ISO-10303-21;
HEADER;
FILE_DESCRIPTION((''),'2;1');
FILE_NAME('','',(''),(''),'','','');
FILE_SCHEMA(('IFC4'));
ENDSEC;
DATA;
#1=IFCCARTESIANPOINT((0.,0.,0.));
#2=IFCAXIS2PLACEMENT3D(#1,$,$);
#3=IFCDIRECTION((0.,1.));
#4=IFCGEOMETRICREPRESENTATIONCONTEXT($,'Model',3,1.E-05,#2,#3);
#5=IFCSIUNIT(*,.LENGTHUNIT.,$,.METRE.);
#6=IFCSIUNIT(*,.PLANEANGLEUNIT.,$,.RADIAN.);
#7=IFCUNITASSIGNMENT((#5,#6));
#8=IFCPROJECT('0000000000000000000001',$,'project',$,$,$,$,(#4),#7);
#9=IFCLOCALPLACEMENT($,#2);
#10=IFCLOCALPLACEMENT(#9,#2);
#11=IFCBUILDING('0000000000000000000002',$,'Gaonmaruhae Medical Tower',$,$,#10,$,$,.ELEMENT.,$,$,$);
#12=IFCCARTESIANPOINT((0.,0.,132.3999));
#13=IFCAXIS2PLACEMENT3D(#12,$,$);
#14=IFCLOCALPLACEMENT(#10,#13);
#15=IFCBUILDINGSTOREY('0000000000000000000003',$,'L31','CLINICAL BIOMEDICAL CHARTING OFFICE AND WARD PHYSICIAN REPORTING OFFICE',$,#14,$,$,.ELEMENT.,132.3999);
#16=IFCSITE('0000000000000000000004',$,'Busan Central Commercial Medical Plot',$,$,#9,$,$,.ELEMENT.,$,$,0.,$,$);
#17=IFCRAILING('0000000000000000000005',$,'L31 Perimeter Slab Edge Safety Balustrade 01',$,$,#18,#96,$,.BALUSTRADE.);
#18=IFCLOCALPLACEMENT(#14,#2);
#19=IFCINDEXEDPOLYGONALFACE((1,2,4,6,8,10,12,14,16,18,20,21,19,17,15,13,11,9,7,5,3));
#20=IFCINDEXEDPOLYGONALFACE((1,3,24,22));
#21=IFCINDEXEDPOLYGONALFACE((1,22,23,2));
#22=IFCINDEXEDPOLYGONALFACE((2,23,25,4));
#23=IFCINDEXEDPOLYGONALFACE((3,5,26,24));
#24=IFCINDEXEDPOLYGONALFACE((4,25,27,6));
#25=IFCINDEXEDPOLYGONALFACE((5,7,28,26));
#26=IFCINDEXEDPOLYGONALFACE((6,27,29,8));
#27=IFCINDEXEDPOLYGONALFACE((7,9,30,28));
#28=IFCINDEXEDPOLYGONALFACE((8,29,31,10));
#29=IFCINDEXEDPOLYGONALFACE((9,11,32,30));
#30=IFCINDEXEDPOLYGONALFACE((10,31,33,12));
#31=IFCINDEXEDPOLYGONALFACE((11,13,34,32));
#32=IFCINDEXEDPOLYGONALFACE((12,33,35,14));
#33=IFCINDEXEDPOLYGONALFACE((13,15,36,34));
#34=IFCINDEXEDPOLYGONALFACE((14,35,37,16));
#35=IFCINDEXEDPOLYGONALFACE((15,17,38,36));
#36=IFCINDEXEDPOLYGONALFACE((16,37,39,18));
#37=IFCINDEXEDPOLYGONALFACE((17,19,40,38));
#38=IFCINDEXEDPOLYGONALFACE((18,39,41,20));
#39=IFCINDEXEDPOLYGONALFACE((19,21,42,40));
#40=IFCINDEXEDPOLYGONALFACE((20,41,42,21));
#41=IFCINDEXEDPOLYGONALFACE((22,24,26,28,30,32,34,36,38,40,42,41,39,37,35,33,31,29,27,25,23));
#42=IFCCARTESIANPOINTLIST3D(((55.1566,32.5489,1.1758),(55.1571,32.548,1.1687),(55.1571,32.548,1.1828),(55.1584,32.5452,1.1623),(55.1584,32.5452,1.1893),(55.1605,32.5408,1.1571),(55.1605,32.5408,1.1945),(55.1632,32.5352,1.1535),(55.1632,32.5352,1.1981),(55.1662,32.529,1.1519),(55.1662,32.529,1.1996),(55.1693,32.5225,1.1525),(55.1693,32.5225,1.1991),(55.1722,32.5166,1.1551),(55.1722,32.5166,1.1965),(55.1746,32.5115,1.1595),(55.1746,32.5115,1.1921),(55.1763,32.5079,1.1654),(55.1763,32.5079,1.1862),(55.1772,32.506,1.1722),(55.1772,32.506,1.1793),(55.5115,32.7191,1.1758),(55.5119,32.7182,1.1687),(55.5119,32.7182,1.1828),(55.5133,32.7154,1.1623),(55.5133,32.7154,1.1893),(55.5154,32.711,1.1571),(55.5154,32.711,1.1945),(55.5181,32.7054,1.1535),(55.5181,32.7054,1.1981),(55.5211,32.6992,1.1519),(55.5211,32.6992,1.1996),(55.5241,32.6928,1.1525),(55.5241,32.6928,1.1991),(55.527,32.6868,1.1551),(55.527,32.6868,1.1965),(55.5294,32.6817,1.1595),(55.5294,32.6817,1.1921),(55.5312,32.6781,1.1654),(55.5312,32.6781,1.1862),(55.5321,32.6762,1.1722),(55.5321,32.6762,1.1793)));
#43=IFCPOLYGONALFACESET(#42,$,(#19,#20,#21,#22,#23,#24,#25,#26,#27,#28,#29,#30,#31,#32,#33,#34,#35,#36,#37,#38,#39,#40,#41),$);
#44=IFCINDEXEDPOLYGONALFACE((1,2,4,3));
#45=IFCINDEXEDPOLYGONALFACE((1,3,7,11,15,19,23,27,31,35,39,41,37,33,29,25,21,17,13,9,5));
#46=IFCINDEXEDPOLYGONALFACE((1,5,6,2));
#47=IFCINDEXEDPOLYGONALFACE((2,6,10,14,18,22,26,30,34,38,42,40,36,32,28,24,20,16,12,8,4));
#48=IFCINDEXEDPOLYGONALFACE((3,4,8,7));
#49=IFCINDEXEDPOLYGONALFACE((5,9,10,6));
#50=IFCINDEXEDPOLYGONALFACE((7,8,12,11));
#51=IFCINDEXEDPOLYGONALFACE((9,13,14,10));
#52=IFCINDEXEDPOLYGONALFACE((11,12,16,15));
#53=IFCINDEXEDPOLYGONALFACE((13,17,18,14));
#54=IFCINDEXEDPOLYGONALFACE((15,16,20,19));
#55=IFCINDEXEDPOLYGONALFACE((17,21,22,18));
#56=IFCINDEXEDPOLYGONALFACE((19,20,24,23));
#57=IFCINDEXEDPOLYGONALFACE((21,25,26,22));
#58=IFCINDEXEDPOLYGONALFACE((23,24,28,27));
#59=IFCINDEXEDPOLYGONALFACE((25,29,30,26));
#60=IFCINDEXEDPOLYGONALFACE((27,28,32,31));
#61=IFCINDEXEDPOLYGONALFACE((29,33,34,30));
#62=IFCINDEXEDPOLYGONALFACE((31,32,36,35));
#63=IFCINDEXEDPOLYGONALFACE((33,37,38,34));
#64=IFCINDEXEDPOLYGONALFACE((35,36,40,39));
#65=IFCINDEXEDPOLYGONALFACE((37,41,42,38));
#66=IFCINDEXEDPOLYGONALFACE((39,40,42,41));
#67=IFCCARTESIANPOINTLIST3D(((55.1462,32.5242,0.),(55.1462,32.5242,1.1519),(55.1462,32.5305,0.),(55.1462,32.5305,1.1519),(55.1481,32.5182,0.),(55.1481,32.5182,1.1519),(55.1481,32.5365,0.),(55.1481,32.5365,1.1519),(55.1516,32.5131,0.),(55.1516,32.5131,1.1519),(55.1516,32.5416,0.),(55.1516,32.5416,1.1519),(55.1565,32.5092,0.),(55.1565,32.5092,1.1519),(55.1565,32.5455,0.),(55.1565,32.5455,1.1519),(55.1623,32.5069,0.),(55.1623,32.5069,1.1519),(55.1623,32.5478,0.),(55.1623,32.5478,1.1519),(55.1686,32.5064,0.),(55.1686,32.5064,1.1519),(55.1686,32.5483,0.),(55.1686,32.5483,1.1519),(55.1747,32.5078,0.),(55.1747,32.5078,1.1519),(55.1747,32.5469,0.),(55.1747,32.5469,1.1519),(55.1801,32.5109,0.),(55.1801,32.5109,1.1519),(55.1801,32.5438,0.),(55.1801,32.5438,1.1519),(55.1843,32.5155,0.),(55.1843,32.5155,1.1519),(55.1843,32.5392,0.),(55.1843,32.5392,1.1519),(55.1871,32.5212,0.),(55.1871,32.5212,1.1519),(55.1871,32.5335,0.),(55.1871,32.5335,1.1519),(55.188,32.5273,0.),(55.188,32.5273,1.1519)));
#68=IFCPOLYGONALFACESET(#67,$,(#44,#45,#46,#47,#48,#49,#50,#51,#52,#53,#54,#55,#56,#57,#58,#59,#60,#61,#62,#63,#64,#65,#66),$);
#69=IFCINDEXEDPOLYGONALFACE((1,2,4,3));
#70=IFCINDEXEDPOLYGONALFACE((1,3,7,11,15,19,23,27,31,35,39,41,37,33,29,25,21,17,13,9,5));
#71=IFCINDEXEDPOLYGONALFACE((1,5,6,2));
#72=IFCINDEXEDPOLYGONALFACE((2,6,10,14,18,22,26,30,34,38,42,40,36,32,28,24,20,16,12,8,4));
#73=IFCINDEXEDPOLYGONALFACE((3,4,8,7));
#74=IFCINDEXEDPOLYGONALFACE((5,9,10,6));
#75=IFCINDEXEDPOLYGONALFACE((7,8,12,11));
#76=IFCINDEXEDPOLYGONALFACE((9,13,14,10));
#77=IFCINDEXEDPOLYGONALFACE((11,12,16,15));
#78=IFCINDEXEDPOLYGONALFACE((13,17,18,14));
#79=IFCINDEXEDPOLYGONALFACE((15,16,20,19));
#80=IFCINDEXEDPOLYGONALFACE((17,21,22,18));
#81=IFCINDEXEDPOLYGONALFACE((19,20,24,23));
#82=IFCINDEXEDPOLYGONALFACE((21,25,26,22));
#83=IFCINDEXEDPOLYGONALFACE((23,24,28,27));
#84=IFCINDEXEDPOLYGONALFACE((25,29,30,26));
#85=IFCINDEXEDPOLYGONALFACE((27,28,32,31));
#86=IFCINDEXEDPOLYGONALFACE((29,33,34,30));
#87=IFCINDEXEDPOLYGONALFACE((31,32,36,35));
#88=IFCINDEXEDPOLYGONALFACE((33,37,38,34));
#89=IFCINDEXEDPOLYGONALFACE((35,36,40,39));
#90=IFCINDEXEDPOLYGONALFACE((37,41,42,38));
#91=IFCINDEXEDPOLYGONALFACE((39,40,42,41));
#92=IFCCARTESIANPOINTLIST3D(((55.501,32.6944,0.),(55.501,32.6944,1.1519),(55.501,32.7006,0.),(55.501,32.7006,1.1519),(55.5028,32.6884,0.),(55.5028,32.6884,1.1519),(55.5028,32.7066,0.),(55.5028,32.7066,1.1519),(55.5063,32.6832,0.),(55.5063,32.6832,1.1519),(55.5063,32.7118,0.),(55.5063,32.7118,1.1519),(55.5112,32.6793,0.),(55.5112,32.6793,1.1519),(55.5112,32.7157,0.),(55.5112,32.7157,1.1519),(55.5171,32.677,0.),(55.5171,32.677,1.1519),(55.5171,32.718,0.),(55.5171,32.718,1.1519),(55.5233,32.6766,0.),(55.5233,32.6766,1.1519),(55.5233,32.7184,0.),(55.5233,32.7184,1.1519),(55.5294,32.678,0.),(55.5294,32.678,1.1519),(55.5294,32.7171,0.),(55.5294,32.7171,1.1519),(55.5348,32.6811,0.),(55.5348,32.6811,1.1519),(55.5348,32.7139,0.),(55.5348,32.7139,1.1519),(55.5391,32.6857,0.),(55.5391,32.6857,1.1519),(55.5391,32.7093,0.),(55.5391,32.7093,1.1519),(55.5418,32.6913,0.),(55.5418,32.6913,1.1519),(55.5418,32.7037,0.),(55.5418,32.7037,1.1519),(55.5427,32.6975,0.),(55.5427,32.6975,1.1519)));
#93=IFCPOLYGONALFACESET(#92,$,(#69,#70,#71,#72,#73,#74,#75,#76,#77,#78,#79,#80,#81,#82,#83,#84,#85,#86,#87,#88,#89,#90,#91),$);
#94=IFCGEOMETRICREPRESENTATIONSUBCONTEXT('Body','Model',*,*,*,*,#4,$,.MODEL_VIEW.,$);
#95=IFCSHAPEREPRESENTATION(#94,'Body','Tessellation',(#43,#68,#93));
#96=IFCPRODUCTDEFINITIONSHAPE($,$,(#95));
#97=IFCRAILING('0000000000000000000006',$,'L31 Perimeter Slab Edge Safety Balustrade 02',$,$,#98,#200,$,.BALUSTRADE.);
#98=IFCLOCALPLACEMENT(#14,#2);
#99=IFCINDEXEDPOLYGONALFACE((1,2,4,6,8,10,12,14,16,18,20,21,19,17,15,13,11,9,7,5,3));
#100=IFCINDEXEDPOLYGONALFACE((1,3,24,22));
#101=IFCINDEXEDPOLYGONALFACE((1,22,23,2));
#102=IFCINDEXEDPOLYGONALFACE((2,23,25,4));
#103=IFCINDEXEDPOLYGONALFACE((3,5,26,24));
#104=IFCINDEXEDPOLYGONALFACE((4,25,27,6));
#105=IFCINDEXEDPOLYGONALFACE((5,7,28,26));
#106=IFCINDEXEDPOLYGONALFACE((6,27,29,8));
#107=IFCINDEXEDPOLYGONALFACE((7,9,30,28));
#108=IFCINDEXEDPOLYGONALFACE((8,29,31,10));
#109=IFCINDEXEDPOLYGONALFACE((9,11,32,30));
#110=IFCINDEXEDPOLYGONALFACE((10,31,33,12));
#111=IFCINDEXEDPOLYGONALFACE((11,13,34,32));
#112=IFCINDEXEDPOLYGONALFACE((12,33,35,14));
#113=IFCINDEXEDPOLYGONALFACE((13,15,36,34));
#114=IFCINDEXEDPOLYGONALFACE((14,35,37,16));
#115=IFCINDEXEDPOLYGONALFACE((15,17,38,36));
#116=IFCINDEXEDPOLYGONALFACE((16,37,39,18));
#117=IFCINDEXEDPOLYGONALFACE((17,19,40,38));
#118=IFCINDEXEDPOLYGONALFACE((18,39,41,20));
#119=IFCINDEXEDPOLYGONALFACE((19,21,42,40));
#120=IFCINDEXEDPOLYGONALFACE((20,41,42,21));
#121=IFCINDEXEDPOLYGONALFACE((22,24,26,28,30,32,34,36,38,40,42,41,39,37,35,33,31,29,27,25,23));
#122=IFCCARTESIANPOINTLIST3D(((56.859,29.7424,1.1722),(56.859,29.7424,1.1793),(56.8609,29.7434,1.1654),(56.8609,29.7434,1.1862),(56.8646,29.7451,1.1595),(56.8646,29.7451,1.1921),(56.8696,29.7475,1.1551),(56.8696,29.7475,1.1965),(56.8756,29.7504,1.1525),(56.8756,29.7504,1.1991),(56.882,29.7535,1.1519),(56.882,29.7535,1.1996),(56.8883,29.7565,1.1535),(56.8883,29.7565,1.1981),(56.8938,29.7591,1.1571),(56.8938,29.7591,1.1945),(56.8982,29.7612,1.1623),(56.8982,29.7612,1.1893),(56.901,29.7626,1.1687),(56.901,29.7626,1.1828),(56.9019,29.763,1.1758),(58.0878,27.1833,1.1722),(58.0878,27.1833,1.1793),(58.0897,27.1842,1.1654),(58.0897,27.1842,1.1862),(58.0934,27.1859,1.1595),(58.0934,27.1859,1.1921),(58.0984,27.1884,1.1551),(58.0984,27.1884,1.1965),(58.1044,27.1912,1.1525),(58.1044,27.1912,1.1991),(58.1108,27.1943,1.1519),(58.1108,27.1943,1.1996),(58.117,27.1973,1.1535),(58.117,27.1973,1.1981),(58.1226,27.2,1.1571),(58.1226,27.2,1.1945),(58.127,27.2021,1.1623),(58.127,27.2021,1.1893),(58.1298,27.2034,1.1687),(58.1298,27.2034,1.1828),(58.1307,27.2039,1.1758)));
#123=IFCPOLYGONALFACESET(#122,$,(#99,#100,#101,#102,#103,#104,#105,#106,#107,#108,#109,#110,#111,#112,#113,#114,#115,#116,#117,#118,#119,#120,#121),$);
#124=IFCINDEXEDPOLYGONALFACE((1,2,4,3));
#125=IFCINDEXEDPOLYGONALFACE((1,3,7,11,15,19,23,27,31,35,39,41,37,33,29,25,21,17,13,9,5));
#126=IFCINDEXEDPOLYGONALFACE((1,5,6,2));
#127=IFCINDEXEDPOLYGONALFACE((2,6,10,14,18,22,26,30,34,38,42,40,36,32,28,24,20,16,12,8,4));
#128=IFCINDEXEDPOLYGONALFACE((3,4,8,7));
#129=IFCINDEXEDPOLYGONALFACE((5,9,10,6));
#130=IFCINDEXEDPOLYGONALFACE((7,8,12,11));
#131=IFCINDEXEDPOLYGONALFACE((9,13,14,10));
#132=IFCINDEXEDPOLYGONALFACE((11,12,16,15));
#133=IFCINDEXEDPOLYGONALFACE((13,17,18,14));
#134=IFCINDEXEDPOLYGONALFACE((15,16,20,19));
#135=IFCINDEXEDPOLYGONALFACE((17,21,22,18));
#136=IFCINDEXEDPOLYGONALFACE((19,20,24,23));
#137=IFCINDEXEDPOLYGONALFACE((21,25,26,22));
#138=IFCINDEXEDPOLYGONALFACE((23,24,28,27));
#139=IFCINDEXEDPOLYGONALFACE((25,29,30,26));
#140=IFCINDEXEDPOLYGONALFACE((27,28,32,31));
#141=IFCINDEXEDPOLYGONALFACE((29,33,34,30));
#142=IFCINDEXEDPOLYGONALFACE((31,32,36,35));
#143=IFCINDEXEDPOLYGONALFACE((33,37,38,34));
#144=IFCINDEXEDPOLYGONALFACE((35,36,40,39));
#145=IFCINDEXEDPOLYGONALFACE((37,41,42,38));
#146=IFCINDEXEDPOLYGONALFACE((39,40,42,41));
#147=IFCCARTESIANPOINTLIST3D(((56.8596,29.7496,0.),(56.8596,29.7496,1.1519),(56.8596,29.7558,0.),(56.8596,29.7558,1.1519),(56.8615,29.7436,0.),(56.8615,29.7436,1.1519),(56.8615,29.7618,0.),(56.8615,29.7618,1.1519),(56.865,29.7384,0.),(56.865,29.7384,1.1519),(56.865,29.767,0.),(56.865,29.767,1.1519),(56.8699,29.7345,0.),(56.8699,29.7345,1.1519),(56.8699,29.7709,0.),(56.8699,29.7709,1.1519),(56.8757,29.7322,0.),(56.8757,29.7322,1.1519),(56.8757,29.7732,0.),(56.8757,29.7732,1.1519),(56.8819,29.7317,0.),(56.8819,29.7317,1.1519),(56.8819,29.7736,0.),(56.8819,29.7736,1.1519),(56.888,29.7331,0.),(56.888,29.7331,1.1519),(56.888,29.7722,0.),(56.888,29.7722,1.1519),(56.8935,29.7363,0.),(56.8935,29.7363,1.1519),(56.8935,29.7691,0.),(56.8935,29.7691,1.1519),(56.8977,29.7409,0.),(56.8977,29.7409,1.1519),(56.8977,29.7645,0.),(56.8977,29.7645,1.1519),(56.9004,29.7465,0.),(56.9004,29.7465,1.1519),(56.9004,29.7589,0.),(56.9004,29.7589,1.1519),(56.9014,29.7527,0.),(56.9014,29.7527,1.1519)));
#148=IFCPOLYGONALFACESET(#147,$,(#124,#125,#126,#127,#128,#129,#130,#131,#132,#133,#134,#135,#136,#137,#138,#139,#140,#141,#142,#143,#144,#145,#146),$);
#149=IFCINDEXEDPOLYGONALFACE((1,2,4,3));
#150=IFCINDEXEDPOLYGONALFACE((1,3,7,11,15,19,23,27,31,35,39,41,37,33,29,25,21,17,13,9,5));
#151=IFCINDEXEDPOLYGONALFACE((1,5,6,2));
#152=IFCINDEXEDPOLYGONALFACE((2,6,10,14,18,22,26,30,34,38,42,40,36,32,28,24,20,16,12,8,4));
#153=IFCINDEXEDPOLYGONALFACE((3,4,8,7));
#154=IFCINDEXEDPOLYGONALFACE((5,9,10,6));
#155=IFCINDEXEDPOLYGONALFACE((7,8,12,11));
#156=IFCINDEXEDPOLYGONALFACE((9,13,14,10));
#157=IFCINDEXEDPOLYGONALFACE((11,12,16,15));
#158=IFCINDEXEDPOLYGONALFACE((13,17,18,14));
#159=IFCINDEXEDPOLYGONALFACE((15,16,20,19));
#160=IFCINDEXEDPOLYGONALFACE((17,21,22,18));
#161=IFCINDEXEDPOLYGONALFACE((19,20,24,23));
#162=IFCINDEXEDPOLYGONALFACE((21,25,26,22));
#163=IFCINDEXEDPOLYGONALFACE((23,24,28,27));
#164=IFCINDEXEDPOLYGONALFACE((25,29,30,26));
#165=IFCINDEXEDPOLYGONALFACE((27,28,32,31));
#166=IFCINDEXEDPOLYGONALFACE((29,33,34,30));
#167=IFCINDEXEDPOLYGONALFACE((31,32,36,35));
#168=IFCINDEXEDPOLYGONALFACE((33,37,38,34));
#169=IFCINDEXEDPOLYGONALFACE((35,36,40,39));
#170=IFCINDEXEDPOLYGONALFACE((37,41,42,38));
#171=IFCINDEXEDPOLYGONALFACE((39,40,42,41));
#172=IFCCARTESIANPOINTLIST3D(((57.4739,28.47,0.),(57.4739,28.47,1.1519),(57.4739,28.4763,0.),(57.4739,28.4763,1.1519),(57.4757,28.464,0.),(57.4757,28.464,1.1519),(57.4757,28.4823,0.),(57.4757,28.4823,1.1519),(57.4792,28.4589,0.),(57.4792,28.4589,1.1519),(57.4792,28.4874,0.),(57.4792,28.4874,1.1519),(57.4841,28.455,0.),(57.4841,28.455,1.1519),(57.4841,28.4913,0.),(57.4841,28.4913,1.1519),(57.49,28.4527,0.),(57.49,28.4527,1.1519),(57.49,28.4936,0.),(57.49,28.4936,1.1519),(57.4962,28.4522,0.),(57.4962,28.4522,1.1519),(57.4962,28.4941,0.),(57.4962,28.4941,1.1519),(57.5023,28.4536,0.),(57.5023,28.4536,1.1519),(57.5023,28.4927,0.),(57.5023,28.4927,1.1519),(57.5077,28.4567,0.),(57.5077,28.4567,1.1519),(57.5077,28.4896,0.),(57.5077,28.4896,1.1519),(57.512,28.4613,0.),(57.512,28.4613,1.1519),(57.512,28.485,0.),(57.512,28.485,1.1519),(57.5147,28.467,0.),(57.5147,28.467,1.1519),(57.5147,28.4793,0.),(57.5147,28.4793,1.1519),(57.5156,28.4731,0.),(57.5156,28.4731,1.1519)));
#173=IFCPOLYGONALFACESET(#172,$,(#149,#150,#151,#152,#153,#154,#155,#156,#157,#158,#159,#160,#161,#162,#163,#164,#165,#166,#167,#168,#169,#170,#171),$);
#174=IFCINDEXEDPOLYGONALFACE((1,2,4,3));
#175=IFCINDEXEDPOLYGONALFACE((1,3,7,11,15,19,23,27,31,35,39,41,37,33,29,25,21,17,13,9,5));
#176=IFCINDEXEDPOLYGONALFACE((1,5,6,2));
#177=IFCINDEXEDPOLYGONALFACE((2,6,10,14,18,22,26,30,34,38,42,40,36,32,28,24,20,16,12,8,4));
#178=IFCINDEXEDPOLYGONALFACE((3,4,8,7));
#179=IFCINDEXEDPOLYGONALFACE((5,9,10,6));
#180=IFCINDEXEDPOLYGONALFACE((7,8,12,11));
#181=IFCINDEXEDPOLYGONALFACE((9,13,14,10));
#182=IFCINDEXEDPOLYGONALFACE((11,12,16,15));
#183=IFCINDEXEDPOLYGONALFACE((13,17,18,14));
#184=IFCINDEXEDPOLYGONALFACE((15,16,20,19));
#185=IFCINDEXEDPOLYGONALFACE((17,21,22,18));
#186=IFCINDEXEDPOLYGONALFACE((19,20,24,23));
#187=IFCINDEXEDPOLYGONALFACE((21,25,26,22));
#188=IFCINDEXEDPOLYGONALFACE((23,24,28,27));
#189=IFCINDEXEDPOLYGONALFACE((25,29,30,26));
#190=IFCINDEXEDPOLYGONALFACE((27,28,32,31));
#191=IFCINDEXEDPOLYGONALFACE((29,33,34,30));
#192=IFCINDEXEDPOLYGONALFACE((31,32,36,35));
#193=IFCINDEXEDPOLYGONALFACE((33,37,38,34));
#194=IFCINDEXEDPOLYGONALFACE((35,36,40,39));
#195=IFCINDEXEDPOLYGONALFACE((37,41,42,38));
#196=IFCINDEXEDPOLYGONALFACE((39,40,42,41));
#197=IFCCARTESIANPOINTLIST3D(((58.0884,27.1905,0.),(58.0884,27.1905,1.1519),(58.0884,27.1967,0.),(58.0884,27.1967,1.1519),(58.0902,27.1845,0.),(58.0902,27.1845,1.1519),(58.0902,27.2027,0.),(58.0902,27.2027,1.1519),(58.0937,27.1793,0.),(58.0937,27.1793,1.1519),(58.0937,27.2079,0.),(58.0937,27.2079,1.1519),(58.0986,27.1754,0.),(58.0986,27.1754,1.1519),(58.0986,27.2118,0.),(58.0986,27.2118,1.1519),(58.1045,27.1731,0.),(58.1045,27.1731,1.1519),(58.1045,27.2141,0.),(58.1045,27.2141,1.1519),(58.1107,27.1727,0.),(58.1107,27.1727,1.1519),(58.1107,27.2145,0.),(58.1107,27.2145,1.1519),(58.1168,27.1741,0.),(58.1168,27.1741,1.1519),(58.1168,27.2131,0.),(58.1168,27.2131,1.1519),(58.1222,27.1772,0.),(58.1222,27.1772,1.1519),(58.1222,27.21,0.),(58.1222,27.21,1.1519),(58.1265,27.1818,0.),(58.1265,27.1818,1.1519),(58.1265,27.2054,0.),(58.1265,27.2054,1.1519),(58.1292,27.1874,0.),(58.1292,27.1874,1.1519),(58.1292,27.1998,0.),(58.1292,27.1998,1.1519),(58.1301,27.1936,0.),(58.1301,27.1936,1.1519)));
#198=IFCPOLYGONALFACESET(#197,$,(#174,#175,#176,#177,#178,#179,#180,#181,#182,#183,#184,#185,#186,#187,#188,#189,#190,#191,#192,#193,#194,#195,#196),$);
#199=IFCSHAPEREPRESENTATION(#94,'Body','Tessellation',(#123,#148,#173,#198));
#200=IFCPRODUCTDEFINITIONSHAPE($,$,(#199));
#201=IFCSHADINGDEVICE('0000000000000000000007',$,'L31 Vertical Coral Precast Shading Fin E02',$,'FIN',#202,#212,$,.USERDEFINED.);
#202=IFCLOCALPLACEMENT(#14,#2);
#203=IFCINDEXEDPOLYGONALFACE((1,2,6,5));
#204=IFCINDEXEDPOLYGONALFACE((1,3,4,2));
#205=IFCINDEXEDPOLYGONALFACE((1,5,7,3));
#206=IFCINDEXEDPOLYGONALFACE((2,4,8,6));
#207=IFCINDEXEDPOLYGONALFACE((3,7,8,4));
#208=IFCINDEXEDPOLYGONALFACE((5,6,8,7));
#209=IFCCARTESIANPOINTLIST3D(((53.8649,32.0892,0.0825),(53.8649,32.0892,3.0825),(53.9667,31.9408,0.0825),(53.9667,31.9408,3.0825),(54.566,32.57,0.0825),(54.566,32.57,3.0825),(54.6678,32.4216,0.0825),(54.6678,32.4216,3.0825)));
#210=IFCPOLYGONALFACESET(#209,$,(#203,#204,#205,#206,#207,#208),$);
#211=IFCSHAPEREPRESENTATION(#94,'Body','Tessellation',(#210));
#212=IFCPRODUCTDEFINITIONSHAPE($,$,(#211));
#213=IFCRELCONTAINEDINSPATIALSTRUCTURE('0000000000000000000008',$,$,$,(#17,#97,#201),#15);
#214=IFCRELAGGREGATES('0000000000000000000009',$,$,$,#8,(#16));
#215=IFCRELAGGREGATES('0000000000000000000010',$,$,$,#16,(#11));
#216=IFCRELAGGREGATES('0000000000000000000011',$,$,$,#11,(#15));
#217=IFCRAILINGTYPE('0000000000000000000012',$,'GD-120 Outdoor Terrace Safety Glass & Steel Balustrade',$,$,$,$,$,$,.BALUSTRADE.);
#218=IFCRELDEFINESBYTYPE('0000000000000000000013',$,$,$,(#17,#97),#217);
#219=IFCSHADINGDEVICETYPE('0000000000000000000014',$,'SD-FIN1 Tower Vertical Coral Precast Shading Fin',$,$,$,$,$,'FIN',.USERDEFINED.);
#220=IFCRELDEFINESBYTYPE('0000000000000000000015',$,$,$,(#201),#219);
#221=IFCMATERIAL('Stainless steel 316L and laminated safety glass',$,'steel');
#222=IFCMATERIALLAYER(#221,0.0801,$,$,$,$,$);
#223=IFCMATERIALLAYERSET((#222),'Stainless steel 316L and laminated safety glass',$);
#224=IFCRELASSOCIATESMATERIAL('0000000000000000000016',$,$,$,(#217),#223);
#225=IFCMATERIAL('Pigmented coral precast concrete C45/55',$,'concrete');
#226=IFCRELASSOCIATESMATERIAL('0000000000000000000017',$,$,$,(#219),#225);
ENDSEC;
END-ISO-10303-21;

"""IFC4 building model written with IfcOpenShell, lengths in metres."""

from ifc_helpers import new_model, si_unit, direction, frame, origin, origin_2d, place, context, subcontext, project, spatial, rectangle, circle, extrude, material, layer, layer_set, type_object, element, save


model = new_model("IFC4")

# Units and contexts
model_context = context("Model", 3, precision=1e-05, world=origin(), true_north=direction((0.0, 1.0)))
body_context = subcontext(model_context, "Body", "Model", "MODEL_VIEW")
ifc_project = project(units=[si_unit("LENGTHUNIT", "METRE"), si_unit("PLANEANGLEUNIT", "RADIAN")], contexts=[model_context])

# Site, building, storey
site_placement = place(None, origin())
site = spatial("IfcSite", under=ifc_project, at=site_placement, Name="Busan Central Commercial Medical Plot", CompositionType="ELEMENT", RefElevation=0.0)
building_placement = place(site_placement, origin())
building = spatial("IfcBuilding", under=site, at=building_placement, Name="Gaonmaruhae Medical Tower", CompositionType="ELEMENT")
storey_placement = place(building_placement, frame((0.0, 0.0, 132.3999)))
storey = spatial("IfcBuildingStorey", under=building, at=storey_placement, Name="L31", Description="CLINICAL BIOMEDICAL CHARTING OFFICE AND WARD PHYSICIAN REPORTING OFFICE", CompositionType="ELEMENT", Elevation=132.3999)

# Railings
ifc_material_1 = material(Name="Stainless steel 316L and laminated safety glass", Category="steel")
ifc_layer_1 = layer(ifc_material_1, 0.0801)
ifc_layer_set_1 = layer_set([ifc_layer_1], Name="Stainless steel 316L and laminated safety glass")
railing_type = type_object("IfcRailingType", Name="GD-120 Outdoor Terrace Safety Glass & Steel Balustrade", PredefinedType="BALUSTRADE", material=ifc_layer_set_1)
railing_1_placement = place(storey_placement, frame((55.167, 32.5273, 0.0)))
element("IfcRailing", 1, at=railing_1_placement, inside=storey, type_object=railing_type, Name="L31 Perimeter Slab Edge Safety Balustrade 01", PredefinedType="BALUSTRADE", context=body_context, shape_type="SweptSolid", body=[
    extrude(circle(Radius=0.0239, at=origin_2d()), frame((0.0, 0.0, 1.1758), z_axis=(0.90163, 0.432509, 0.0), x_axis=(-0.432509, 0.90163, 0.0)), (0.0, 0.0, 1.0), 0.3936),
    extrude(circle(Radius=0.021, at=origin_2d()), origin(), (0.0, 0.0, 1.0), 1.1519),
    extrude(circle(Radius=0.021, at=origin_2d()), frame((0.3547, 0.1702, 0.0)), (0.0, 0.0, 1.0), 1.1519),
])
railing_2_placement = place(storey_placement, frame((56.8804, 29.7527, 0.0)))
element("IfcRailing", 2, at=railing_2_placement, inside=storey, type_object=railing_type, Name="L31 Perimeter Slab Edge Safety Balustrade 02", PredefinedType="BALUSTRADE", context=body_context, shape_type="SweptSolid", body=[
    extrude(circle(Radius=0.0239, at=origin_2d()), frame((0.0, 0.0, 1.1758), z_axis=(0.432846, -0.901468, 0.0), x_axis=(0.901468, 0.432846, 0.0)), (0.0, 0.0, 1.0), 2.8389),
    extrude(circle(Radius=0.021, at=origin_2d()), origin(), (0.0, 0.0, 1.0), 1.1519),
    extrude(circle(Radius=0.021, at=origin_2d()), frame((0.6143, -1.2795, 0.0)), (0.0, 0.0, 1.0), 1.1519),
    extrude(circle(Radius=0.021, at=origin_2d()), frame((1.2288, -2.5591, 0.0)), (0.0, 0.0, 1.0), 1.1519),
])

# Shading device
ifc_material_2 = material(Name="Pigmented coral precast concrete C45/55", Category="concrete")
shading_device_type = type_object("IfcShadingDeviceType", Name="SD-FIN1 Tower Vertical Coral Precast Shading Fin", ElementType="FIN", PredefinedType="USERDEFINED", material=ifc_material_2)
for number, where, z_axis, x_axis, name in (
    (3, (54.2664, 32.2554, 0.0825), (0.0, 0.0, 1.0), (0.565557, -0.824709, 0.0), "L31 Vertical Coral Precast Shading Fin E02"),
):
    element("IfcShadingDevice", number, at=place(storey_placement, frame(where, z_axis=z_axis, x_axis=x_axis)), inside=storey, type_object=shading_device_type, Name=name, ObjectType="FIN", PredefinedType="USERDEFINED", context=body_context, shape_type="SweptSolid", body=[
        extrude(rectangle(XDim=0.1799, YDim=0.8501, at=origin_2d()), origin(), (0.0, 0.0, 1.0), 3.0),
    ])

save(model, "model.ifc")
